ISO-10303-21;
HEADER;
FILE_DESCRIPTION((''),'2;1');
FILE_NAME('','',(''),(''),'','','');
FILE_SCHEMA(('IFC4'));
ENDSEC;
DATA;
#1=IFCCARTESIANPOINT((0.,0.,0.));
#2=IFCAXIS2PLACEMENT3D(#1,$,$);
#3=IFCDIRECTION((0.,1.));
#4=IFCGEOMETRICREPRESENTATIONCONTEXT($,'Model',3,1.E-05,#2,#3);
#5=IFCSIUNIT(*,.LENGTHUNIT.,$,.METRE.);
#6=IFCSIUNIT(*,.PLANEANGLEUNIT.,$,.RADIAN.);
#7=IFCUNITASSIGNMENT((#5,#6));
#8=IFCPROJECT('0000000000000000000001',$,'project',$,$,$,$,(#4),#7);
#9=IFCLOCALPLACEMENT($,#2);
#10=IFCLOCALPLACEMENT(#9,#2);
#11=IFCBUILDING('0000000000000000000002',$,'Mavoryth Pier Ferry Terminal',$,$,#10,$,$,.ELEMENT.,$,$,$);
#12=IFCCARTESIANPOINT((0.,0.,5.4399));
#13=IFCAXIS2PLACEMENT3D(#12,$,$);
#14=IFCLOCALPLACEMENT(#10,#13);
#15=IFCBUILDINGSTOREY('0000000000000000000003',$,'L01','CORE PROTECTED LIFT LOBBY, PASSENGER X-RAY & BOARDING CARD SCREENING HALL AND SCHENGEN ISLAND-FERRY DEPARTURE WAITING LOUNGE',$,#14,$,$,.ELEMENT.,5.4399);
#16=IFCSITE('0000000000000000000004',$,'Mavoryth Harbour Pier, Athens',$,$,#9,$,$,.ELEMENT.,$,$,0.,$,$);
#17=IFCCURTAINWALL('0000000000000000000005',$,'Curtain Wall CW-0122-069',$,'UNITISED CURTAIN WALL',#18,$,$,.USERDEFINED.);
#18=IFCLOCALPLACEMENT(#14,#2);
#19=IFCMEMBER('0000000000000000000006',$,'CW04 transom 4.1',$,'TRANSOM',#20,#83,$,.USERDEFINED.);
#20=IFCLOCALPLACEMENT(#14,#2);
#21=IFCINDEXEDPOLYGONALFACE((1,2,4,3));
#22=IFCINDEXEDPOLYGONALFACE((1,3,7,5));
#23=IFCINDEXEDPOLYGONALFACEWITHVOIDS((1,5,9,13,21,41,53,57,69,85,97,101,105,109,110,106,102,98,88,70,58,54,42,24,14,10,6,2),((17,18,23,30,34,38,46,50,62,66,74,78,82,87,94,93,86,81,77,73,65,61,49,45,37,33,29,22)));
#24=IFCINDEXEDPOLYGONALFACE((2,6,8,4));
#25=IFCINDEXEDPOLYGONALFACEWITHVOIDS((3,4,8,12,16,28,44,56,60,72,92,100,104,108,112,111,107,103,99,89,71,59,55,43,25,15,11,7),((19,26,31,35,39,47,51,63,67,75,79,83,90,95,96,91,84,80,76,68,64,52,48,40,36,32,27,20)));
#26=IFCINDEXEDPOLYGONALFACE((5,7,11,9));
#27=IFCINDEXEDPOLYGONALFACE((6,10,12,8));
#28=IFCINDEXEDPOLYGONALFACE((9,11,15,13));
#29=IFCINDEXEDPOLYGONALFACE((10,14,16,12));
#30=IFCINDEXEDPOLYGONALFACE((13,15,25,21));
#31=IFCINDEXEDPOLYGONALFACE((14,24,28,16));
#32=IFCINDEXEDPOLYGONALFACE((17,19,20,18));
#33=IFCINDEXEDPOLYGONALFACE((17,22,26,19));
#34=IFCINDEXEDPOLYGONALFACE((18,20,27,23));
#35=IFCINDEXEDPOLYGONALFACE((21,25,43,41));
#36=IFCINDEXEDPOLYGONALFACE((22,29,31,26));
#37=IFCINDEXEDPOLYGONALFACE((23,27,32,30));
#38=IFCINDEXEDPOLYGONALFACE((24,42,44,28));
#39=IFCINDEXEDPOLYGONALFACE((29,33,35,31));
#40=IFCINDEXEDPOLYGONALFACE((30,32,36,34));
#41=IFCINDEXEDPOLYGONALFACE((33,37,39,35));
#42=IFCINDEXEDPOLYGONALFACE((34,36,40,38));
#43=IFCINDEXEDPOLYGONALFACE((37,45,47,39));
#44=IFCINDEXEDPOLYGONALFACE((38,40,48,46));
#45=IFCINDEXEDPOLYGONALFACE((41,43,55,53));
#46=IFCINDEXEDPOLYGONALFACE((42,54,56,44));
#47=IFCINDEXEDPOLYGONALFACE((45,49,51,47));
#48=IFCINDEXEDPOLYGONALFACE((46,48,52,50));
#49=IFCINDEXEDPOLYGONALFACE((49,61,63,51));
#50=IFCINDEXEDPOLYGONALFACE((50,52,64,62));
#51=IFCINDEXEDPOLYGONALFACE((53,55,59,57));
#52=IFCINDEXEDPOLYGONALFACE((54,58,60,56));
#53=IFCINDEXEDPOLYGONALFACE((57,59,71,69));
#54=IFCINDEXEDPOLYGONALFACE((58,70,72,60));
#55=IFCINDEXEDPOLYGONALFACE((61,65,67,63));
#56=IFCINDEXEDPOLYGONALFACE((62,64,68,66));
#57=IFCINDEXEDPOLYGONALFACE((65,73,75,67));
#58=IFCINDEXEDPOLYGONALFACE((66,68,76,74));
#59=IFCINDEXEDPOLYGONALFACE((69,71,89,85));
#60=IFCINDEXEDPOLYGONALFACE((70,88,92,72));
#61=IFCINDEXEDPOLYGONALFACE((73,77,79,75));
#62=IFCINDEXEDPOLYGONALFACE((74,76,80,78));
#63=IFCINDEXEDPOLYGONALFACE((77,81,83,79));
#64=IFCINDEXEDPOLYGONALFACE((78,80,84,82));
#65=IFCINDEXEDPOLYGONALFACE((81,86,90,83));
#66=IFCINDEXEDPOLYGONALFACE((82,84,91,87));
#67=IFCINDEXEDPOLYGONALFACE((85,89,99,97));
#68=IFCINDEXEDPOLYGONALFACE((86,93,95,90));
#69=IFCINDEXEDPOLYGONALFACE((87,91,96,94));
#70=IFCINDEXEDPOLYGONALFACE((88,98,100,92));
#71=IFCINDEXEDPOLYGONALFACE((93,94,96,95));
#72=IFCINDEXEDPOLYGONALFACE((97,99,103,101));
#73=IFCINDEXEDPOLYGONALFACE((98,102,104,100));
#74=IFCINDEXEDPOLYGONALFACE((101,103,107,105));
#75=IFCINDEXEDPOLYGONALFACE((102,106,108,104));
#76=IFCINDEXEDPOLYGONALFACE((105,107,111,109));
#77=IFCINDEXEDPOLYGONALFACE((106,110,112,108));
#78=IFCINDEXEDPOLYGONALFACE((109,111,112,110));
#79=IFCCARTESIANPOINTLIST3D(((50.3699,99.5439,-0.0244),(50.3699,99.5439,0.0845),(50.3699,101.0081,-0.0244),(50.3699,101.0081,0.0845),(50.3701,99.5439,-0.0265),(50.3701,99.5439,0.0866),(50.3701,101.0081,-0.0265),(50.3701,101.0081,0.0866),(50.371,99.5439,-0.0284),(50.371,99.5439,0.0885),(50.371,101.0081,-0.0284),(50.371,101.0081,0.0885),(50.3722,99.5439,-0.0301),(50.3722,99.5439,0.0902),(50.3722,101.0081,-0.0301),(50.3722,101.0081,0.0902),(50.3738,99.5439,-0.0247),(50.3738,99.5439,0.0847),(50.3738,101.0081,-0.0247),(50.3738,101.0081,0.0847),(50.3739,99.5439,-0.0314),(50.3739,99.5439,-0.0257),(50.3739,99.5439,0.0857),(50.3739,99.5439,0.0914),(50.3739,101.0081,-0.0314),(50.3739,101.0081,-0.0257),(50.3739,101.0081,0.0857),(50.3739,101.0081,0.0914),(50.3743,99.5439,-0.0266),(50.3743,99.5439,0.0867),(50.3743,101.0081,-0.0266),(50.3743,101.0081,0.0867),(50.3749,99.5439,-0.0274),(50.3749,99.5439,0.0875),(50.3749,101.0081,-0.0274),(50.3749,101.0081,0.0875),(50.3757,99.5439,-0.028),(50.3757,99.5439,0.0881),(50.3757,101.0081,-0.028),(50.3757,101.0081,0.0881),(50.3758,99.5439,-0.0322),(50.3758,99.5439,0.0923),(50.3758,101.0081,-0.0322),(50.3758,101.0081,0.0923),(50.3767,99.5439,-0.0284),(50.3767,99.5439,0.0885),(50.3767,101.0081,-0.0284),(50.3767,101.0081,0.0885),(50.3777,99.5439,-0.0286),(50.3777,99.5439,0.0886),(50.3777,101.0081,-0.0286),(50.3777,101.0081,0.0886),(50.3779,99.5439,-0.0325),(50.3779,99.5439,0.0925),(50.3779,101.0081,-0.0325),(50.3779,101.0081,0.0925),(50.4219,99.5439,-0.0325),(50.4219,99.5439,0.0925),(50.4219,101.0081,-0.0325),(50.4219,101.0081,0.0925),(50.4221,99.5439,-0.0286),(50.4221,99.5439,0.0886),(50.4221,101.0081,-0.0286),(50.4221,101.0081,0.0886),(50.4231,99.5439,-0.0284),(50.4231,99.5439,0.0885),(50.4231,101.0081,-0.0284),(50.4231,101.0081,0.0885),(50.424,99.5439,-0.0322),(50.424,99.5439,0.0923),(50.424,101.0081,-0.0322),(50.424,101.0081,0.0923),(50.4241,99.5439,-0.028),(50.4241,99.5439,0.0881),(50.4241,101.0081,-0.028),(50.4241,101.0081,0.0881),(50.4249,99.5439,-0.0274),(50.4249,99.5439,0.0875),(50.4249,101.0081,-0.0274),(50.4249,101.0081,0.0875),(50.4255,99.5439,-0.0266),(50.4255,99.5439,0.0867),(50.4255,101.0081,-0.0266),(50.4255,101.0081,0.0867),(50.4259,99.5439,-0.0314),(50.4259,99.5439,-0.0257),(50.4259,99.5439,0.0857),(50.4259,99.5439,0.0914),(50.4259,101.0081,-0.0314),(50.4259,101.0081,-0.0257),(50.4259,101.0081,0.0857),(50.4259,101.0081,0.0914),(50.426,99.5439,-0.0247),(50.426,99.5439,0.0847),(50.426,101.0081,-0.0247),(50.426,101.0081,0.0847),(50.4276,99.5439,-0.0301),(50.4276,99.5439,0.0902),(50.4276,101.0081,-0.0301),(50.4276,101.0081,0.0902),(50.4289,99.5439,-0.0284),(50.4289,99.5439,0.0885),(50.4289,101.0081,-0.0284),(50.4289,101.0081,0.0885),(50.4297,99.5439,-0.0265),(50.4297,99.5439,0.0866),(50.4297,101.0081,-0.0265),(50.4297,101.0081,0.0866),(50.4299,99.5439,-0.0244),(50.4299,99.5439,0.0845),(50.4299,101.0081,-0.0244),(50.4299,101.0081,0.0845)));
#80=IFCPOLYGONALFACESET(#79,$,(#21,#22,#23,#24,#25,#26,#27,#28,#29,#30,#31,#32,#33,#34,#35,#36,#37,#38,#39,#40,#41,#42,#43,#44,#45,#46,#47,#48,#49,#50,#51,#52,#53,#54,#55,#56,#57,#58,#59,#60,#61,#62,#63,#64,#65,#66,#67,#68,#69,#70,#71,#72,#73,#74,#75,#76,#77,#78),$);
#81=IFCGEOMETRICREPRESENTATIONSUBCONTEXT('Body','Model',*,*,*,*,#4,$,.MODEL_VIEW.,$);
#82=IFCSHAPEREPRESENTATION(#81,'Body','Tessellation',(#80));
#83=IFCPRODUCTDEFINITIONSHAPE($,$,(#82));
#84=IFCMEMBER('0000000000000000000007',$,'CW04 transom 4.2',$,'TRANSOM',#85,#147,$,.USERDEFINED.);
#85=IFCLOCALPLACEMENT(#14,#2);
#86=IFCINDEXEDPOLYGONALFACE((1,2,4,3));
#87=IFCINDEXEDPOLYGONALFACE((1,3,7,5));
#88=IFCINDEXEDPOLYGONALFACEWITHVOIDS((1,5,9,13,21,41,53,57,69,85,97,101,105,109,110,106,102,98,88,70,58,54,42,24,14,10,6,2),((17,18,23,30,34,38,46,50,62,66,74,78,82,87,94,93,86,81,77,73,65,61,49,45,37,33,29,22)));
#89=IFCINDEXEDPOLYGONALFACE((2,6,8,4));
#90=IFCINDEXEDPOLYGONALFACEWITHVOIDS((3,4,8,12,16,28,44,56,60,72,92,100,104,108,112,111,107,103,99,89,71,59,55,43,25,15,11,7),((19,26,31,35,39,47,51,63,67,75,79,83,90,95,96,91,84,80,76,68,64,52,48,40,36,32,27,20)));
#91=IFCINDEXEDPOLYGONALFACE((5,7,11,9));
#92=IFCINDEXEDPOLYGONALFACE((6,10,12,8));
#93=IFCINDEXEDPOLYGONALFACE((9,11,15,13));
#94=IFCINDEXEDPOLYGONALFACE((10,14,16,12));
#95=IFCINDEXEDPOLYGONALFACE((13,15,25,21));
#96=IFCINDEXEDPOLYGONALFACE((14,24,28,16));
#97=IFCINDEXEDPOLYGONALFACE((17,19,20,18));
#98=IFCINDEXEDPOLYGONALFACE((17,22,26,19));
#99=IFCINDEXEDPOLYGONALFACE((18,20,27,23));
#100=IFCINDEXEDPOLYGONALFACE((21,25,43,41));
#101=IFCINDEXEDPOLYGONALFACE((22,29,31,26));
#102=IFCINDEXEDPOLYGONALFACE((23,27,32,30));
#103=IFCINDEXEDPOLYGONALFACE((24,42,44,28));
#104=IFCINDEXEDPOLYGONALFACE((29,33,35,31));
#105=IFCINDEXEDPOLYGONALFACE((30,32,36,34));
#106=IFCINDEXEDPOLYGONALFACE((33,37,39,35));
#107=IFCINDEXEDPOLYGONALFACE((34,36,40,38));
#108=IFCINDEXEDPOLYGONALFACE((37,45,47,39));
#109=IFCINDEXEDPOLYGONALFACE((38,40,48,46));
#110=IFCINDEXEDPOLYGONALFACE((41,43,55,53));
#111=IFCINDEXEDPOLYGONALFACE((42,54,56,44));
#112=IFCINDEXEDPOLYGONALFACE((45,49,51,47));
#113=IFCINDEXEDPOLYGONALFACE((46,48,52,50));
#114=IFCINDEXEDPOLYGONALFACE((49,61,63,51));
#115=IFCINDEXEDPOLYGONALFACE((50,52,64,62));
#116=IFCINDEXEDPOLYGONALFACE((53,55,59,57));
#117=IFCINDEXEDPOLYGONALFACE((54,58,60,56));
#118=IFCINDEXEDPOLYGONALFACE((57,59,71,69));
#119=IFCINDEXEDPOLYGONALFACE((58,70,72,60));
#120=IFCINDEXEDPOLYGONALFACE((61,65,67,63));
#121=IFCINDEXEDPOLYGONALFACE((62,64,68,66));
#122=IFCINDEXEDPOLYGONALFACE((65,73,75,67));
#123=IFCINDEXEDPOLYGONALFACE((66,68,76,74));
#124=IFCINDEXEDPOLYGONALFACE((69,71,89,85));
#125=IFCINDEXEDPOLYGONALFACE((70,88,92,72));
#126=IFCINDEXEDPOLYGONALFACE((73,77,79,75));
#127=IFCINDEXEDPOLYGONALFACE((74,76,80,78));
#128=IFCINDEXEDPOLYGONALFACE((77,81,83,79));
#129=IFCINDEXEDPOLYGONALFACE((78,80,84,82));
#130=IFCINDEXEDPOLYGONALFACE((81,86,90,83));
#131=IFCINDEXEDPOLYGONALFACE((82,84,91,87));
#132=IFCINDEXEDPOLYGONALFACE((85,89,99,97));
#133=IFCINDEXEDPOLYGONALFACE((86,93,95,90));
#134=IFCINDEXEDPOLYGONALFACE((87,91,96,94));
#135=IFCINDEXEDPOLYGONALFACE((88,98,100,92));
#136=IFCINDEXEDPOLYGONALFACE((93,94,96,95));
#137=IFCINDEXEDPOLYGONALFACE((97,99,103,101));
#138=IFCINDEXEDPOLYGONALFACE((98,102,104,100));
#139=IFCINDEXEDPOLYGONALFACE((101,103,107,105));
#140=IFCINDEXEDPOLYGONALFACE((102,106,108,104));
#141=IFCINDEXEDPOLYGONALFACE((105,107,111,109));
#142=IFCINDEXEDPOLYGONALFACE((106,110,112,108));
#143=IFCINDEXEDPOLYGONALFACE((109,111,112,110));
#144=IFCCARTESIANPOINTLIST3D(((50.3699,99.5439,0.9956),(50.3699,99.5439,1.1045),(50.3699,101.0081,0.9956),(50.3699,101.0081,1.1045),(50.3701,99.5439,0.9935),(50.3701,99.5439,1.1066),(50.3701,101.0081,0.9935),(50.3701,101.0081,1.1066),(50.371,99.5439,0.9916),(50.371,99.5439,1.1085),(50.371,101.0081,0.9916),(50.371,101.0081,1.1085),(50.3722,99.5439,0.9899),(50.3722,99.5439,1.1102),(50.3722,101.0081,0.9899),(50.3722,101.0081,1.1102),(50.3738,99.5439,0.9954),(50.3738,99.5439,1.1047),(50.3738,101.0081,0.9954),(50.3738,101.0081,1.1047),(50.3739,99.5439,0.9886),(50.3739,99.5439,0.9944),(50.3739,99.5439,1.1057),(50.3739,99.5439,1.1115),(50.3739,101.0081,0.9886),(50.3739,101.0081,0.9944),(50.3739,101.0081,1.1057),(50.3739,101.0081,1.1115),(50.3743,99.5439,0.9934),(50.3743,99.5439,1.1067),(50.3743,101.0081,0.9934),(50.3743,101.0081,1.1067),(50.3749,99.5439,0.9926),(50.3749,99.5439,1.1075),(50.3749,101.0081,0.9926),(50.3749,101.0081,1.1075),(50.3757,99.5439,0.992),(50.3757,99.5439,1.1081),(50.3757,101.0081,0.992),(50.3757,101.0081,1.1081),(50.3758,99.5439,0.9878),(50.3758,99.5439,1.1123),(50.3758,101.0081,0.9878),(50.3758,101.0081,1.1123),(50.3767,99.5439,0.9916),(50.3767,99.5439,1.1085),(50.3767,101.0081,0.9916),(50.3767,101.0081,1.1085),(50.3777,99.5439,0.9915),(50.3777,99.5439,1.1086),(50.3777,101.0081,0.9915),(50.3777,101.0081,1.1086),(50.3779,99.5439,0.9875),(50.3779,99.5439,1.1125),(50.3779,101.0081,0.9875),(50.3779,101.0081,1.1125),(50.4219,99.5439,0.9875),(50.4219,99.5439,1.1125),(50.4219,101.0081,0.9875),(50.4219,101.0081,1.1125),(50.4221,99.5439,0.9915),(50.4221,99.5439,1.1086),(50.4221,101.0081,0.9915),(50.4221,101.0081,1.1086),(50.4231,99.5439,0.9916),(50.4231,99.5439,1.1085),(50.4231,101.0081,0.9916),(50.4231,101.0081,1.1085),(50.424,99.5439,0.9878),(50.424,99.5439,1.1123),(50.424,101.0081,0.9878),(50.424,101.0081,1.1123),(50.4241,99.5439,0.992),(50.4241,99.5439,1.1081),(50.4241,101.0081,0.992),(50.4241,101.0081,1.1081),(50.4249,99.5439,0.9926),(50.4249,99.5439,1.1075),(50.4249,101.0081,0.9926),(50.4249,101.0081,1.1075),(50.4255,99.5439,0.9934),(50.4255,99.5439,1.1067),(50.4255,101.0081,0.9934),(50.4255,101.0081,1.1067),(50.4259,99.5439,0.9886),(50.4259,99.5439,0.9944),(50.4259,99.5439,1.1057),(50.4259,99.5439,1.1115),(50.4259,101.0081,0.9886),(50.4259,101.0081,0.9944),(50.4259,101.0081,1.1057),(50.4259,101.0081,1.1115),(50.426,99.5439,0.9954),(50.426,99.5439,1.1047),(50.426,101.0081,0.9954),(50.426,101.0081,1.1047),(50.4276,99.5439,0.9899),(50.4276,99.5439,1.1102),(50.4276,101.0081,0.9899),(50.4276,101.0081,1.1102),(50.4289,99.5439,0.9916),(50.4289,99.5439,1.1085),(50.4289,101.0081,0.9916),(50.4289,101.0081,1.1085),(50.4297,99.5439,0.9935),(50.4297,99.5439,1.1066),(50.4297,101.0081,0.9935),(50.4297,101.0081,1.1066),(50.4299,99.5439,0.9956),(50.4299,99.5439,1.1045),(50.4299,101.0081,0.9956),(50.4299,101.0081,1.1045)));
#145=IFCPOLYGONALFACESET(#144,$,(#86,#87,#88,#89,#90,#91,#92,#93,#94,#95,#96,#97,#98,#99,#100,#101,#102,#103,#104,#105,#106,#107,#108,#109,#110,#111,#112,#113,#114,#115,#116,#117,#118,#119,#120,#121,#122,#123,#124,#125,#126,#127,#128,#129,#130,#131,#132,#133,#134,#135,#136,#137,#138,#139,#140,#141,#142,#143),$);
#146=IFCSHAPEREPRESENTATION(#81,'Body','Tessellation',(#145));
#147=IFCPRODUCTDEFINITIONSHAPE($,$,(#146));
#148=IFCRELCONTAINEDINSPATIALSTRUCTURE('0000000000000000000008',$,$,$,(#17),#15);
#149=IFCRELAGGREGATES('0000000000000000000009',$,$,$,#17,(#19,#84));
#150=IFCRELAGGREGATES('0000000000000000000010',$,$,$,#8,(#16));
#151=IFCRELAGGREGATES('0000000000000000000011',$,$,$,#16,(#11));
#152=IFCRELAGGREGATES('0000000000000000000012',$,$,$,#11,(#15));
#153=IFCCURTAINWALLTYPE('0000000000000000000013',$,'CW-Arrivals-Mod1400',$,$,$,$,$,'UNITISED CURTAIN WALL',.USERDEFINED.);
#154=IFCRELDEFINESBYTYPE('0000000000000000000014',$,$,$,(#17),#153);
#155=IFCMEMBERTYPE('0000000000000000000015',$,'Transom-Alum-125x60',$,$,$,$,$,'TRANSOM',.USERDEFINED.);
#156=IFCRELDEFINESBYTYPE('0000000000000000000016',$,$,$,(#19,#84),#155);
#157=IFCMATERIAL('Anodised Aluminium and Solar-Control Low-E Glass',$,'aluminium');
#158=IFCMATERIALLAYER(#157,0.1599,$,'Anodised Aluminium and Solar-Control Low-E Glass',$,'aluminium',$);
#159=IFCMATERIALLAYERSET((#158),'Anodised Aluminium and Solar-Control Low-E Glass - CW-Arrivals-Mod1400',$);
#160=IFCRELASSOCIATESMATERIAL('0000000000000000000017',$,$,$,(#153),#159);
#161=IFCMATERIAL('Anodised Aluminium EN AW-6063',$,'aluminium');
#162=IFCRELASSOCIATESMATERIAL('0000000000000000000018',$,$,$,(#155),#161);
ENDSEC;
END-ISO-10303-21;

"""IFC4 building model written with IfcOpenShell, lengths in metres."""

from ifc_helpers import new_model, si_unit, direction, frame, origin, origin_2d, place, context, subcontext, project, spatial, hollow_rectangle, extrude, material, layer, layer_set, material_profile, profile_set, type_object, element, aggregate, save


model = new_model("IFC4")

# Units and contexts
model_context = context("Model", 3, precision=1e-05, world=origin(), true_north=direction((0.0, 1.0)))
body_context = subcontext(model_context, "Body", "Model", "MODEL_VIEW")
ifc_project = project(units=[si_unit("LENGTHUNIT", "METRE"), si_unit("PLANEANGLEUNIT", "RADIAN")], contexts=[model_context])

# Site, building, storey
site_placement = place(None, origin())
site = spatial("IfcSite", under=ifc_project, at=site_placement, Name="Mavoryth Harbour Pier, Athens", CompositionType="ELEMENT", RefElevation=0.0)
building_placement = place(site_placement, origin())
building = spatial("IfcBuilding", under=site, at=building_placement, Name="Mavoryth Pier Ferry Terminal", CompositionType="ELEMENT")
storey_placement = place(building_placement, frame((0.0, 0.0, 5.4399)))
storey = spatial("IfcBuildingStorey", under=building, at=storey_placement, Name="L01", Description="CORE PROTECTED LIFT LOBBY, PASSENGER X-RAY & BOARDING CARD SCREENING HALL AND SCHENGEN ISLAND-FERRY DEPARTURE WAITING LOUNGE", CompositionType="ELEMENT", Elevation=5.4399)

# Curtain wall
ifc_material_1 = material(Name="Anodised Aluminium and Solar-Control Low-E Glass", Category="aluminium")
ifc_layer_1 = layer(ifc_material_1, 0.1599, Name="Anodised Aluminium and Solar-Control Low-E Glass", Category="aluminium")
ifc_layer_set_1 = layer_set([ifc_layer_1], Name="Anodised Aluminium and Solar-Control Low-E Glass - CW-Arrivals-Mod1400")
curtain_wall_type = type_object("IfcCurtainWallType", Name="CW-Arrivals-Mod1400", ElementType="UNITISED CURTAIN WALL", PredefinedType="USERDEFINED", material=ifc_layer_set_1)
curtain_wall_placement = place(storey_placement, origin())
curtain_wall = element("IfcCurtainWall", 1, at=curtain_wall_placement, inside=storey, type_object=curtain_wall_type, Name="Curtain Wall CW-0122-069", ObjectType="UNITISED CURTAIN WALL", PredefinedType="USERDEFINED")
ifc_material_2 = material(Name="Anodised Aluminium EN AW-6063", Category="aluminium")

# Members
ifc_material_profile_1 = material_profile(ifc_material_2, hollow_rectangle(XDim=0.0601, YDim=0.125, WallThickness=0.0039, InnerFilletRadius=0.0039, OuterFilletRadius=0.0081, at=origin_2d()), Name="AL-TRAN 125x60x4", Category="aluminium")
ifc_profile_set_1 = profile_set([ifc_material_profile_1], Name="Anodised Aluminium EN AW-6063 - AL-TRAN 125x60x4")
member_type_1 = type_object("IfcMemberType", Name="Transom-Alum-125x60", ElementType="TRANSOM", PredefinedType="USERDEFINED", material=ifc_profile_set_1)
member_1_placement = place(storey_placement, frame((50.3999, 101.0081, 0.03), z_axis=(0.0, -1.0, 0.0), x_axis=(1.0, 0.0, 0.0)))
member_1 = element("IfcMember", 2, at=member_1_placement, type_object=member_type_1, Name="CW04 transom 4.1", ObjectType="TRANSOM", PredefinedType="USERDEFINED", context=body_context, shape_type="SweptSolid", body=[
    extrude(hollow_rectangle(XDim=0.0601, YDim=0.125, WallThickness=0.0039, InnerFilletRadius=0.0039, OuterFilletRadius=0.0081, at=origin_2d()), origin(), (0.0, 0.0, 1.0), 1.4641),
])
member_2_placement = place(storey_placement, frame((50.3999, 101.0081, 1.05), z_axis=(0.0, -1.0, 0.0), x_axis=(1.0, 0.0, 0.0)))
member_2 = element("IfcMember", 3, at=member_2_placement, type_object=member_type_1, Name="CW04 transom 4.2", ObjectType="TRANSOM", PredefinedType="USERDEFINED", context=body_context, shape_type="SweptSolid", body=[
    extrude(hollow_rectangle(XDim=0.0601, YDim=0.125, WallThickness=0.0039, InnerFilletRadius=0.0039, OuterFilletRadius=0.0081, at=origin_2d()), origin(), (0.0, 0.0, 1.0), 1.4641),
])

aggregate(curtain_wall, [member_1, member_2])

save(model, "model.ifc")
